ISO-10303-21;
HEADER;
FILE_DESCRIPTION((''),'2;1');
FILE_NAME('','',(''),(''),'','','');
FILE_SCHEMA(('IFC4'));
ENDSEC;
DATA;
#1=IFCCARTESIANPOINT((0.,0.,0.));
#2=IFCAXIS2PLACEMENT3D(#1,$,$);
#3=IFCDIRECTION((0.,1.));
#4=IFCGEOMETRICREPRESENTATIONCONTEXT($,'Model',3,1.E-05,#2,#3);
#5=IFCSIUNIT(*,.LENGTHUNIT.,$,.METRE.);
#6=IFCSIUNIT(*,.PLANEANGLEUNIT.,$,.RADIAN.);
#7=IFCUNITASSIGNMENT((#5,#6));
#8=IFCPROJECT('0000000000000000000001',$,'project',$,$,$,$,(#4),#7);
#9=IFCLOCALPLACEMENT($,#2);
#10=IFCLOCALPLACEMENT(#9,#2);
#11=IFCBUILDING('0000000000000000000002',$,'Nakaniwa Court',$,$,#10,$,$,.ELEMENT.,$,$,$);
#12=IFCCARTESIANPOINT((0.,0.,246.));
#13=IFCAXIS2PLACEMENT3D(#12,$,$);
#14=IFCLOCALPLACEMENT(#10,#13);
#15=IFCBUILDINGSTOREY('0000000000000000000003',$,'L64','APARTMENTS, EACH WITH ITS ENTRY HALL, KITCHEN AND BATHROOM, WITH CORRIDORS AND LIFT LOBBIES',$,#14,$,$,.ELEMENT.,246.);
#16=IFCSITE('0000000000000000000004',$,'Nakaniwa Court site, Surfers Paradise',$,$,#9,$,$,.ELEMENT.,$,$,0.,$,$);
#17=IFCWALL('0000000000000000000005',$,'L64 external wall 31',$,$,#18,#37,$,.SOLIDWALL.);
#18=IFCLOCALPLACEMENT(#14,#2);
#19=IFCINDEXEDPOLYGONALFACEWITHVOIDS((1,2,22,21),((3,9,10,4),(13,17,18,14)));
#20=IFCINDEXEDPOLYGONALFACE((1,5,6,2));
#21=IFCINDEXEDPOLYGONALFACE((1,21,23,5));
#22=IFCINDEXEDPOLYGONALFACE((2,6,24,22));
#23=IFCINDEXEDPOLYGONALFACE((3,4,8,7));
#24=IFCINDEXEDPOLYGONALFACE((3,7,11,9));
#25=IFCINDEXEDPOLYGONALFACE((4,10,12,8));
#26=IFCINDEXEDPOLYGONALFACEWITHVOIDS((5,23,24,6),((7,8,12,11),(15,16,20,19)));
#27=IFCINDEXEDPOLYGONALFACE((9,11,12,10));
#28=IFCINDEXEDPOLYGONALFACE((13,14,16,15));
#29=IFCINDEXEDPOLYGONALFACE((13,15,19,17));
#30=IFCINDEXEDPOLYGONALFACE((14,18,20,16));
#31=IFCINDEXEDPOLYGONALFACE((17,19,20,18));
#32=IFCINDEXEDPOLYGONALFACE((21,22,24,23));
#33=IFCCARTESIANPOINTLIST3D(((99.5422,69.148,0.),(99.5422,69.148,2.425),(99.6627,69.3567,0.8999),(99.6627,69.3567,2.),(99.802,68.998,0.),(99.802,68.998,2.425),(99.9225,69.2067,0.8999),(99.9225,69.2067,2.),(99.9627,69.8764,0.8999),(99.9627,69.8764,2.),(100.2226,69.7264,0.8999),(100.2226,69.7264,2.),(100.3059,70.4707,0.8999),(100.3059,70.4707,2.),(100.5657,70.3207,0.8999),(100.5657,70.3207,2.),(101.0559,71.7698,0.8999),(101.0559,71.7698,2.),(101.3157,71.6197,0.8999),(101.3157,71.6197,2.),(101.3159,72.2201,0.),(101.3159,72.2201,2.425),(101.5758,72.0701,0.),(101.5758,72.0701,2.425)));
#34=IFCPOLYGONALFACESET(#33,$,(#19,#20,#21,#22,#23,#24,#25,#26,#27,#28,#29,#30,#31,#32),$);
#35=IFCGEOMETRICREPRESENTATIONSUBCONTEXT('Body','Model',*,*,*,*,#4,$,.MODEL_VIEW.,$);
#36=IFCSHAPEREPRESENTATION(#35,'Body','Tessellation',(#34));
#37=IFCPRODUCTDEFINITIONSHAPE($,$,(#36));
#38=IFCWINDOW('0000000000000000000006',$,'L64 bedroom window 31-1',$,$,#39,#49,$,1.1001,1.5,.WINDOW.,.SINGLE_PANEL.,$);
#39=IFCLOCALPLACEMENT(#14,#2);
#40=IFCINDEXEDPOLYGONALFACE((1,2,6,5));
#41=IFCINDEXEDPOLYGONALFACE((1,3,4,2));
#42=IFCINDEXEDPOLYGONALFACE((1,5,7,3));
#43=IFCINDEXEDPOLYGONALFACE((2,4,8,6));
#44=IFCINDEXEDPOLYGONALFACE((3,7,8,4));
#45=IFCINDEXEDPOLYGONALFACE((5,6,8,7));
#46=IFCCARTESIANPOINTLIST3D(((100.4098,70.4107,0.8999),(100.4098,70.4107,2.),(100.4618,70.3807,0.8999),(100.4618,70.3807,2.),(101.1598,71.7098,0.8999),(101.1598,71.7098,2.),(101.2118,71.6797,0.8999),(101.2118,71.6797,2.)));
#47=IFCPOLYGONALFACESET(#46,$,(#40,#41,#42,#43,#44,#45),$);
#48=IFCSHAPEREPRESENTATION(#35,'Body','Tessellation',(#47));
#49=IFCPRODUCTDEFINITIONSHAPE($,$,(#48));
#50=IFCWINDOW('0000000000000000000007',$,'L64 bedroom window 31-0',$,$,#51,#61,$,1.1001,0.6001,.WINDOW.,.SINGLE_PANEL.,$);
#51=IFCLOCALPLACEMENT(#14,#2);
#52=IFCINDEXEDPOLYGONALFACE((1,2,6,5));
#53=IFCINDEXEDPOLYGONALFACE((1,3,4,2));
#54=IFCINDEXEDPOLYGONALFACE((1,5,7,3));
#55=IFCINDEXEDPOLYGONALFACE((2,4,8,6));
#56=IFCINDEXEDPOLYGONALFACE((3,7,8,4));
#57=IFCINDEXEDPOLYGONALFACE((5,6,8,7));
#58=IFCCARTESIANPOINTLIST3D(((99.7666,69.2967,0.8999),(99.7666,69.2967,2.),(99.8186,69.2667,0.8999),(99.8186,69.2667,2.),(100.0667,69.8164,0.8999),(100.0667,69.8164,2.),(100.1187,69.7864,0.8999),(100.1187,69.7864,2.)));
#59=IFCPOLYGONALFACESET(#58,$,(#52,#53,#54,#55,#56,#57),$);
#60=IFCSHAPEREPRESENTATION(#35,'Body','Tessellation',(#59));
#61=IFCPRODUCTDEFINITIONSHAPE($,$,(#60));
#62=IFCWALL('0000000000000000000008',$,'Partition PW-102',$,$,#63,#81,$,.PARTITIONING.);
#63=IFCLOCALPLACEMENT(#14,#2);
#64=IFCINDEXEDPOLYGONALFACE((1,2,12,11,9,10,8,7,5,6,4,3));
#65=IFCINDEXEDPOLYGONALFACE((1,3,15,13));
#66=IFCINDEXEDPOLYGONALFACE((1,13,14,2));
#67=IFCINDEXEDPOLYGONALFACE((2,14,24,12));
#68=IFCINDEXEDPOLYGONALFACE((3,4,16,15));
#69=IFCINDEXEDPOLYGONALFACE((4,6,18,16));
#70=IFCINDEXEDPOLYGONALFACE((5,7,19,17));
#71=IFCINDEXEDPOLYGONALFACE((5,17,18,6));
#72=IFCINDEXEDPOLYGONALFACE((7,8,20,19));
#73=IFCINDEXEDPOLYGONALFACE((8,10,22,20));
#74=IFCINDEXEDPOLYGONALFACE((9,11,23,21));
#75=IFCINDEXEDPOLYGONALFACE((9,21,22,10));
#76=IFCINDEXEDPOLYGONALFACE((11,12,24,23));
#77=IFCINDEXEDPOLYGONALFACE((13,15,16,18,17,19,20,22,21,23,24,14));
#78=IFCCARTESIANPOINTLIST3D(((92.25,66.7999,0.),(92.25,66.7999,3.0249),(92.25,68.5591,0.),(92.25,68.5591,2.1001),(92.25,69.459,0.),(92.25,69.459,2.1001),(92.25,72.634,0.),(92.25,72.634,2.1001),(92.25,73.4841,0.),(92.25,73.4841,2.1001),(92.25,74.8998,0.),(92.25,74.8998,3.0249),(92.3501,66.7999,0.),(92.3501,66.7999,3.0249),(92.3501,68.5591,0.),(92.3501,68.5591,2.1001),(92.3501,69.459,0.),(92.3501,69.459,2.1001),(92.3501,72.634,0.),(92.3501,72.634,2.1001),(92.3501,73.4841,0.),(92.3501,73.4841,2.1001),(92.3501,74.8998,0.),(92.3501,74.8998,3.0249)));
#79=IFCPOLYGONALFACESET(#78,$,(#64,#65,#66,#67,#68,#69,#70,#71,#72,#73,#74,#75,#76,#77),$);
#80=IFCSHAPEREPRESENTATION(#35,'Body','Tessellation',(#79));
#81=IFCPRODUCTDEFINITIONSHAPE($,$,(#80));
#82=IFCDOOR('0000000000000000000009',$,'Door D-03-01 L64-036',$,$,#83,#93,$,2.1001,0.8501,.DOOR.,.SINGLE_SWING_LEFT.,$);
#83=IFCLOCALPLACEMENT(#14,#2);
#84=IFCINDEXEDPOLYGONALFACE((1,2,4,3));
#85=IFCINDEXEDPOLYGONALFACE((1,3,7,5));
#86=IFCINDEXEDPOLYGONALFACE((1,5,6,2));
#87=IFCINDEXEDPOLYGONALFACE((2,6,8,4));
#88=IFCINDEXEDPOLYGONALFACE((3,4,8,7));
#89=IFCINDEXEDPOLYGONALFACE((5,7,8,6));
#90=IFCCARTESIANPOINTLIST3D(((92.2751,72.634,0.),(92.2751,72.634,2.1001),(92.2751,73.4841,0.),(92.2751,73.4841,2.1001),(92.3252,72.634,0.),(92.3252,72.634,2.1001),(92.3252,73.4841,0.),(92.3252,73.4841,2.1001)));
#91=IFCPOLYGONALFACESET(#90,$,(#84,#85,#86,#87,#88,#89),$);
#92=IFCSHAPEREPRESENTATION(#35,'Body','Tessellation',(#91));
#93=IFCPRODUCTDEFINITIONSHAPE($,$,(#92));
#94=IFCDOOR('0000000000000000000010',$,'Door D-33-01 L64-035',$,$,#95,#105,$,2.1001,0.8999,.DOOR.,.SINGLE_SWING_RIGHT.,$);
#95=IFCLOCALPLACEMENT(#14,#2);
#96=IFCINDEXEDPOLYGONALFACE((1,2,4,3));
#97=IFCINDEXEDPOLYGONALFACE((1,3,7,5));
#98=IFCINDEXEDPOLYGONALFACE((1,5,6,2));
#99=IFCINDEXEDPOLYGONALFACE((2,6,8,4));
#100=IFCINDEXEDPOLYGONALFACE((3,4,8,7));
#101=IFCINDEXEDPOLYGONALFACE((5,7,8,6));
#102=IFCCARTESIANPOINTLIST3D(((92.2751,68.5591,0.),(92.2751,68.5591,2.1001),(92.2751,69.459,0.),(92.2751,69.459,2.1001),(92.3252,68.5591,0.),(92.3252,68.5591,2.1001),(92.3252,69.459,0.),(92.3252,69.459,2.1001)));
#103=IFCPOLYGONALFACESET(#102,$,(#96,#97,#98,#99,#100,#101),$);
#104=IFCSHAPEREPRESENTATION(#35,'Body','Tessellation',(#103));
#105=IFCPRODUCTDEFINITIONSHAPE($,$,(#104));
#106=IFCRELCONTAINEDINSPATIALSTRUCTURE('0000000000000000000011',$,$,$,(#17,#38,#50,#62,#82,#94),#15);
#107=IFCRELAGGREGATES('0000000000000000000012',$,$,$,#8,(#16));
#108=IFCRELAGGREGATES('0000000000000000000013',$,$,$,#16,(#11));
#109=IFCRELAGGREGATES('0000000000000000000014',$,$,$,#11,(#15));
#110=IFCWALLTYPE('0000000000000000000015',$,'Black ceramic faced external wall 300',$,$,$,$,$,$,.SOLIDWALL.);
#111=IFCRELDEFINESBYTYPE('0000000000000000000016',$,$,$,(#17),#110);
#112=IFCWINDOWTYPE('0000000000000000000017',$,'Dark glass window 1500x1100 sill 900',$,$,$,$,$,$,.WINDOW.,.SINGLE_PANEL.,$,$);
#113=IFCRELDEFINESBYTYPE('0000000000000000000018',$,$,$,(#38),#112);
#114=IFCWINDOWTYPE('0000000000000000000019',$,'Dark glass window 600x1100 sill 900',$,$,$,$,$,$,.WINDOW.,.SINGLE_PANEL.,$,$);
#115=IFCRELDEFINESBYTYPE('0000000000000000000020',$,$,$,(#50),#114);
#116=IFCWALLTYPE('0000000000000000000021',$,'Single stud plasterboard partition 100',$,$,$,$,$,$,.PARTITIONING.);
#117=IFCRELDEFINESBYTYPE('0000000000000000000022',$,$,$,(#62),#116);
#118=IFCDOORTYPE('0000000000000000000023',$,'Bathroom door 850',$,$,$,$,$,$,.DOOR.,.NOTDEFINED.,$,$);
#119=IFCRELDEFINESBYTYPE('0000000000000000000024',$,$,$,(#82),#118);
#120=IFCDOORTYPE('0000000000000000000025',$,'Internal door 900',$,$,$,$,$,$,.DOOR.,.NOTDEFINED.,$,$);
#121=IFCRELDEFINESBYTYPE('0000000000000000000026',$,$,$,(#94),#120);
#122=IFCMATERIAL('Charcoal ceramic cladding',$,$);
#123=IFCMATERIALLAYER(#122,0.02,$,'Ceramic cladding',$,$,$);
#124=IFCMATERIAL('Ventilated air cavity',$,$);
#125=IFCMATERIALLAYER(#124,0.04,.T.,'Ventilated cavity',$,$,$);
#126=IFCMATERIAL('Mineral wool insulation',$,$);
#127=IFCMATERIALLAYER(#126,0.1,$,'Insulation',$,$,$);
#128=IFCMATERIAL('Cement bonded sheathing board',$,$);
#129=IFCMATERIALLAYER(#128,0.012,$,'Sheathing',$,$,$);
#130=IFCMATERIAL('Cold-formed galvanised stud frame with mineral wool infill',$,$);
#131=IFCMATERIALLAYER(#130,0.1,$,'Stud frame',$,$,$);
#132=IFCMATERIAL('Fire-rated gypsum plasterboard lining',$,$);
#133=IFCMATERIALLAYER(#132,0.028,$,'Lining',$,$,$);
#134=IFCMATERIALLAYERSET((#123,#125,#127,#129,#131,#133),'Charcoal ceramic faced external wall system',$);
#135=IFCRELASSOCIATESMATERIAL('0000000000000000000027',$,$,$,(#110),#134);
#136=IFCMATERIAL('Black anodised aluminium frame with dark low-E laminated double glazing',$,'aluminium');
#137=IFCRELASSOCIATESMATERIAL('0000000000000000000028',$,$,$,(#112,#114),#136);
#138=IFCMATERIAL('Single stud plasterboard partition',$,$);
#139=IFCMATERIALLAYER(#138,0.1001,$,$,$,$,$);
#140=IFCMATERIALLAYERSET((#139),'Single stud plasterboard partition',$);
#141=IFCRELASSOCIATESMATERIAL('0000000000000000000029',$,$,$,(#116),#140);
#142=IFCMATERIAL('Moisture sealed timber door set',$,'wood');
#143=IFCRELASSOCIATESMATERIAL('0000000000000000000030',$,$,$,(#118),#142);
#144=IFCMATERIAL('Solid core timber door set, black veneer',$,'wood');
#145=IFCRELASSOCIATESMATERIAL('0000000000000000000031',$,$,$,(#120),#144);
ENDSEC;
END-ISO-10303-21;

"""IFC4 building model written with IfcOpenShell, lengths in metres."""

from ifc_helpers import new_model, si_unit, direction, frame, frame_2d, origin, place, context, subcontext, project, spatial, rectangle, extrude, material, layer, layer_set, type_object, element, fill, save


model = new_model("IFC4")

# Units and contexts
model_context = context("Model", 3, precision=1e-05, world=origin(), true_north=direction((0.0, 1.0)))
body_context = subcontext(model_context, "Body", "Model", "MODEL_VIEW")
ifc_project = project(units=[si_unit("LENGTHUNIT", "METRE"), si_unit("PLANEANGLEUNIT", "RADIAN")], contexts=[model_context])

# Site, building, storey
site_placement = place(None, origin())
site = spatial("IfcSite", under=ifc_project, at=site_placement, Name="Nakaniwa Court site, Surfers Paradise", CompositionType="ELEMENT", RefElevation=0.0)
building_placement = place(site_placement, origin())
building = spatial("IfcBuilding", under=site, at=building_placement, Name="Nakaniwa Court", CompositionType="ELEMENT")
storey_placement = place(building_placement, frame((0.0, 0.0, 246.0)))
storey = spatial("IfcBuildingStorey", under=building, at=storey_placement, Name="L64", Description="APARTMENTS, EACH WITH ITS ENTRY HALL, KITCHEN AND BATHROOM, WITH CORRIDORS AND LIFT LOBBIES", CompositionType="ELEMENT", Elevation=246.0)

# Shared definitions
ifc_material_1 = material(Name="Charcoal ceramic cladding")
ifc_layer_1 = layer(ifc_material_1, 0.02, Name="Ceramic cladding")
ifc_material_2 = material(Name="Ventilated air cavity")
ifc_layer_2 = layer(ifc_material_2, 0.04, ventilated=True, Name="Ventilated cavity")
ifc_material_3 = material(Name="Mineral wool insulation")
ifc_layer_3 = layer(ifc_material_3, 0.1, Name="Insulation")
ifc_material_4 = material(Name="Cement bonded sheathing board")
ifc_layer_4 = layer(ifc_material_4, 0.012, Name="Sheathing")
ifc_material_5 = material(Name="Cold-formed galvanised stud frame with mineral wool infill")
ifc_layer_5 = layer(ifc_material_5, 0.1, Name="Stud frame")
ifc_material_6 = material(Name="Fire-rated gypsum plasterboard lining")
ifc_layer_6 = layer(ifc_material_6, 0.028, Name="Lining")
ifc_layer_set_1 = layer_set([ifc_layer_1, ifc_layer_2, ifc_layer_3, ifc_layer_4, ifc_layer_5, ifc_layer_6], Name="Charcoal ceramic faced external wall system")
wall_type_1 = type_object("IfcWallType", Name="Black ceramic faced external wall 300", PredefinedType="SOLIDWALL", material=ifc_layer_set_1)
ifc_material_7 = material(Name="Black anodised aluminium frame with dark low-E laminated double glazing", Category="aluminium")

# Wall, openings, windows
wall_1_placement = place(storey_placement, frame((99.6721, 69.073, 0.0), z_axis=(0.0, 0.0, 1.0), x_axis=(0.50001, 0.866019, 0.0)))
wall_1 = element("IfcWall", 1, at=wall_1_placement, inside=storey, type_object=wall_type_1, Name="L64 external wall 31", PredefinedType="SOLIDWALL", context=body_context, shape_type="SweptSolid", body=[
    extrude(rectangle(XDim=3.5474, YDim=0.3, at=frame_2d((1.7737, 0.0))), origin(), (0.0, 0.0, 1.0), 2.425),
])
opening_1_placement = place(wall_1_placement, frame((0.241, 0.0, 0.8999)))
opening_1 = element("IfcOpeningElement", 2, at=opening_1_placement, cuts=wall_1, PredefinedType="OPENING", context=body_context, shape_type="SweptSolid", body=[
    extrude(rectangle(XDim=0.6001, YDim=1.1001, at=frame_2d((0.3, 0.55))), frame((0.0, 0.1599, 0.0), z_axis=(0.0, -1.0, 0.0), x_axis=(1.0, 0.0, 0.0)), (0.0, 0.0, 1.0), 0.3201),
])
opening_2_placement = place(wall_1_placement, frame((1.5273, 0.0, 0.8999)))
opening_2 = element("IfcOpeningElement", 3, at=opening_2_placement, cuts=wall_1, PredefinedType="OPENING", context=body_context, shape_type="SweptSolid", body=[
    extrude(rectangle(XDim=1.5, YDim=1.1001, at=frame_2d((0.75, 0.55))), frame((0.0, 0.1599, 0.0), z_axis=(0.0, -1.0, 0.0), x_axis=(1.0, 0.0, 0.0)), (0.0, 0.0, 1.0), 0.3201),
])
window_type_1 = type_object("IfcWindowType", Name="Dark glass window 1500x1100 sill 900", PartitioningType="SINGLE_PANEL", PredefinedType="WINDOW", material=ifc_material_7)
window_1_placement = place(opening_2_placement, origin())
window_1 = element("IfcWindow", 4, at=window_1_placement, inside=storey, type_object=window_type_1, Name="L64 bedroom window 31-1", OverallHeight=1.1001, OverallWidth=1.5, PartitioningType="SINGLE_PANEL", PredefinedType="WINDOW", context=body_context, shape_type="SweptSolid", body=[
    extrude(rectangle(XDim=1.5, YDim=1.1001, at=frame_2d((0.75, 0.55))), frame((0.0, 0.03, 0.0), z_axis=(0.0, -1.0, 0.0), x_axis=(1.0, 0.0, 0.0)), (0.0, 0.0, 1.0), 0.0601),
])
fill(opening_2, window_1)
window_type_2 = type_object("IfcWindowType", Name="Dark glass window 600x1100 sill 900", PartitioningType="SINGLE_PANEL", PredefinedType="WINDOW", material=ifc_material_7)
window_2_placement = place(opening_1_placement, origin())
window_2 = element("IfcWindow", 5, at=window_2_placement, inside=storey, type_object=window_type_2, Name="L64 bedroom window 31-0", OverallHeight=1.1001, OverallWidth=0.6001, PartitioningType="SINGLE_PANEL", PredefinedType="WINDOW", context=body_context, shape_type="SweptSolid", body=[
    extrude(rectangle(XDim=0.6001, YDim=1.1001, at=frame_2d((0.3, 0.55))), frame((0.0, 0.03, 0.0), z_axis=(0.0, -1.0, 0.0), x_axis=(1.0, 0.0, 0.0)), (0.0, 0.0, 1.0), 0.0601),
])
fill(opening_1, window_2)

# Wall, openings, doors
ifc_material_8 = material(Name="Single stud plasterboard partition")
ifc_layer_7 = layer(ifc_material_8, 0.1001)
ifc_layer_set_2 = layer_set([ifc_layer_7], Name="Single stud plasterboard partition")
wall_type_2 = type_object("IfcWallType", Name="Single stud plasterboard partition 100", PredefinedType="PARTITIONING", material=ifc_layer_set_2)
wall_2_placement = place(storey_placement, frame((92.3, 66.8, 0.0), z_axis=(0.0, 0.0, 1.0), x_axis=(0.0, 1.0, 0.0)))
wall_2 = element("IfcWall", 6, at=wall_2_placement, inside=storey, type_object=wall_type_2, Name="Partition PW-102", PredefinedType="PARTITIONING", context=body_context, shape_type="SweptSolid", body=[
    extrude(rectangle(XDim=8.0999, YDim=0.1001, at=frame_2d((4.0498, 0.0))), origin(), (0.0, 0.0, 1.0), 3.0249),
])
opening_3_placement = place(wall_2_placement, frame((1.759, 0.0, 0.0)))
opening_3 = element("IfcOpeningElement", 7, at=opening_3_placement, cuts=wall_2, PredefinedType="OPENING", context=body_context, shape_type="SweptSolid", body=[
    extrude(rectangle(XDim=0.8999, YDim=2.1001, at=frame_2d((0.45, 1.05))), frame((0.0, 0.0601, 0.0), z_axis=(0.0, -1.0, 0.0), x_axis=(1.0, 0.0, 0.0)), (0.0, 0.0, 1.0), 0.1201),
])
opening_4_placement = place(wall_2_placement, frame((5.834, 0.0, 0.0)))
opening_4 = element("IfcOpeningElement", 8, at=opening_4_placement, cuts=wall_2, PredefinedType="OPENING", context=body_context, shape_type="SweptSolid", body=[
    extrude(rectangle(XDim=0.8501, YDim=2.1001, at=frame_2d((0.425, 1.05))), frame((0.0, 0.0601, 0.0), z_axis=(0.0, -1.0, 0.0), x_axis=(1.0, 0.0, 0.0)), (0.0, 0.0, 1.0), 0.1201),
])
ifc_material_9 = material(Name="Moisture sealed timber door set", Category="wood")
door_type_1 = type_object("IfcDoorType", Name="Bathroom door 850", OperationType="NOTDEFINED", PredefinedType="DOOR", material=ifc_material_9)
door_1_placement = place(opening_4_placement, origin())
door_1 = element("IfcDoor", 9, at=door_1_placement, inside=storey, type_object=door_type_1, Name="Door D-03-01 L64-036", OperationType="SINGLE_SWING_LEFT", OverallHeight=2.1001, OverallWidth=0.8501, PredefinedType="DOOR", context=body_context, shape_type="SweptSolid", body=[
    extrude(rectangle(XDim=0.8501, YDim=2.1001, at=frame_2d((0.425, 1.05))), frame((0.0, 0.0249, 0.0), z_axis=(0.0, -1.0, 0.0), x_axis=(1.0, 0.0, 0.0)), (0.0, 0.0, 1.0), 0.05),
])
fill(opening_4, door_1)
ifc_material_10 = material(Name="Solid core timber door set, black veneer", Category="wood")
door_type_2 = type_object("IfcDoorType", Name="Internal door 900", OperationType="NOTDEFINED", PredefinedType="DOOR", material=ifc_material_10)
door_2_placement = place(opening_3_placement, origin())
door_2 = element("IfcDoor", 10, at=door_2_placement, inside=storey, type_object=door_type_2, Name="Door D-33-01 L64-035", OperationType="SINGLE_SWING_RIGHT", OverallHeight=2.1001, OverallWidth=0.8999, PredefinedType="DOOR", context=body_context, shape_type="SweptSolid", body=[
    extrude(rectangle(XDim=0.8999, YDim=2.1001, at=frame_2d((0.45, 1.05))), frame((0.0, 0.0249, 0.0), z_axis=(0.0, -1.0, 0.0), x_axis=(1.0, 0.0, 0.0)), (0.0, 0.0, 1.0), 0.05),
])
fill(opening_3, door_2)

save(model, "model.ifc")
